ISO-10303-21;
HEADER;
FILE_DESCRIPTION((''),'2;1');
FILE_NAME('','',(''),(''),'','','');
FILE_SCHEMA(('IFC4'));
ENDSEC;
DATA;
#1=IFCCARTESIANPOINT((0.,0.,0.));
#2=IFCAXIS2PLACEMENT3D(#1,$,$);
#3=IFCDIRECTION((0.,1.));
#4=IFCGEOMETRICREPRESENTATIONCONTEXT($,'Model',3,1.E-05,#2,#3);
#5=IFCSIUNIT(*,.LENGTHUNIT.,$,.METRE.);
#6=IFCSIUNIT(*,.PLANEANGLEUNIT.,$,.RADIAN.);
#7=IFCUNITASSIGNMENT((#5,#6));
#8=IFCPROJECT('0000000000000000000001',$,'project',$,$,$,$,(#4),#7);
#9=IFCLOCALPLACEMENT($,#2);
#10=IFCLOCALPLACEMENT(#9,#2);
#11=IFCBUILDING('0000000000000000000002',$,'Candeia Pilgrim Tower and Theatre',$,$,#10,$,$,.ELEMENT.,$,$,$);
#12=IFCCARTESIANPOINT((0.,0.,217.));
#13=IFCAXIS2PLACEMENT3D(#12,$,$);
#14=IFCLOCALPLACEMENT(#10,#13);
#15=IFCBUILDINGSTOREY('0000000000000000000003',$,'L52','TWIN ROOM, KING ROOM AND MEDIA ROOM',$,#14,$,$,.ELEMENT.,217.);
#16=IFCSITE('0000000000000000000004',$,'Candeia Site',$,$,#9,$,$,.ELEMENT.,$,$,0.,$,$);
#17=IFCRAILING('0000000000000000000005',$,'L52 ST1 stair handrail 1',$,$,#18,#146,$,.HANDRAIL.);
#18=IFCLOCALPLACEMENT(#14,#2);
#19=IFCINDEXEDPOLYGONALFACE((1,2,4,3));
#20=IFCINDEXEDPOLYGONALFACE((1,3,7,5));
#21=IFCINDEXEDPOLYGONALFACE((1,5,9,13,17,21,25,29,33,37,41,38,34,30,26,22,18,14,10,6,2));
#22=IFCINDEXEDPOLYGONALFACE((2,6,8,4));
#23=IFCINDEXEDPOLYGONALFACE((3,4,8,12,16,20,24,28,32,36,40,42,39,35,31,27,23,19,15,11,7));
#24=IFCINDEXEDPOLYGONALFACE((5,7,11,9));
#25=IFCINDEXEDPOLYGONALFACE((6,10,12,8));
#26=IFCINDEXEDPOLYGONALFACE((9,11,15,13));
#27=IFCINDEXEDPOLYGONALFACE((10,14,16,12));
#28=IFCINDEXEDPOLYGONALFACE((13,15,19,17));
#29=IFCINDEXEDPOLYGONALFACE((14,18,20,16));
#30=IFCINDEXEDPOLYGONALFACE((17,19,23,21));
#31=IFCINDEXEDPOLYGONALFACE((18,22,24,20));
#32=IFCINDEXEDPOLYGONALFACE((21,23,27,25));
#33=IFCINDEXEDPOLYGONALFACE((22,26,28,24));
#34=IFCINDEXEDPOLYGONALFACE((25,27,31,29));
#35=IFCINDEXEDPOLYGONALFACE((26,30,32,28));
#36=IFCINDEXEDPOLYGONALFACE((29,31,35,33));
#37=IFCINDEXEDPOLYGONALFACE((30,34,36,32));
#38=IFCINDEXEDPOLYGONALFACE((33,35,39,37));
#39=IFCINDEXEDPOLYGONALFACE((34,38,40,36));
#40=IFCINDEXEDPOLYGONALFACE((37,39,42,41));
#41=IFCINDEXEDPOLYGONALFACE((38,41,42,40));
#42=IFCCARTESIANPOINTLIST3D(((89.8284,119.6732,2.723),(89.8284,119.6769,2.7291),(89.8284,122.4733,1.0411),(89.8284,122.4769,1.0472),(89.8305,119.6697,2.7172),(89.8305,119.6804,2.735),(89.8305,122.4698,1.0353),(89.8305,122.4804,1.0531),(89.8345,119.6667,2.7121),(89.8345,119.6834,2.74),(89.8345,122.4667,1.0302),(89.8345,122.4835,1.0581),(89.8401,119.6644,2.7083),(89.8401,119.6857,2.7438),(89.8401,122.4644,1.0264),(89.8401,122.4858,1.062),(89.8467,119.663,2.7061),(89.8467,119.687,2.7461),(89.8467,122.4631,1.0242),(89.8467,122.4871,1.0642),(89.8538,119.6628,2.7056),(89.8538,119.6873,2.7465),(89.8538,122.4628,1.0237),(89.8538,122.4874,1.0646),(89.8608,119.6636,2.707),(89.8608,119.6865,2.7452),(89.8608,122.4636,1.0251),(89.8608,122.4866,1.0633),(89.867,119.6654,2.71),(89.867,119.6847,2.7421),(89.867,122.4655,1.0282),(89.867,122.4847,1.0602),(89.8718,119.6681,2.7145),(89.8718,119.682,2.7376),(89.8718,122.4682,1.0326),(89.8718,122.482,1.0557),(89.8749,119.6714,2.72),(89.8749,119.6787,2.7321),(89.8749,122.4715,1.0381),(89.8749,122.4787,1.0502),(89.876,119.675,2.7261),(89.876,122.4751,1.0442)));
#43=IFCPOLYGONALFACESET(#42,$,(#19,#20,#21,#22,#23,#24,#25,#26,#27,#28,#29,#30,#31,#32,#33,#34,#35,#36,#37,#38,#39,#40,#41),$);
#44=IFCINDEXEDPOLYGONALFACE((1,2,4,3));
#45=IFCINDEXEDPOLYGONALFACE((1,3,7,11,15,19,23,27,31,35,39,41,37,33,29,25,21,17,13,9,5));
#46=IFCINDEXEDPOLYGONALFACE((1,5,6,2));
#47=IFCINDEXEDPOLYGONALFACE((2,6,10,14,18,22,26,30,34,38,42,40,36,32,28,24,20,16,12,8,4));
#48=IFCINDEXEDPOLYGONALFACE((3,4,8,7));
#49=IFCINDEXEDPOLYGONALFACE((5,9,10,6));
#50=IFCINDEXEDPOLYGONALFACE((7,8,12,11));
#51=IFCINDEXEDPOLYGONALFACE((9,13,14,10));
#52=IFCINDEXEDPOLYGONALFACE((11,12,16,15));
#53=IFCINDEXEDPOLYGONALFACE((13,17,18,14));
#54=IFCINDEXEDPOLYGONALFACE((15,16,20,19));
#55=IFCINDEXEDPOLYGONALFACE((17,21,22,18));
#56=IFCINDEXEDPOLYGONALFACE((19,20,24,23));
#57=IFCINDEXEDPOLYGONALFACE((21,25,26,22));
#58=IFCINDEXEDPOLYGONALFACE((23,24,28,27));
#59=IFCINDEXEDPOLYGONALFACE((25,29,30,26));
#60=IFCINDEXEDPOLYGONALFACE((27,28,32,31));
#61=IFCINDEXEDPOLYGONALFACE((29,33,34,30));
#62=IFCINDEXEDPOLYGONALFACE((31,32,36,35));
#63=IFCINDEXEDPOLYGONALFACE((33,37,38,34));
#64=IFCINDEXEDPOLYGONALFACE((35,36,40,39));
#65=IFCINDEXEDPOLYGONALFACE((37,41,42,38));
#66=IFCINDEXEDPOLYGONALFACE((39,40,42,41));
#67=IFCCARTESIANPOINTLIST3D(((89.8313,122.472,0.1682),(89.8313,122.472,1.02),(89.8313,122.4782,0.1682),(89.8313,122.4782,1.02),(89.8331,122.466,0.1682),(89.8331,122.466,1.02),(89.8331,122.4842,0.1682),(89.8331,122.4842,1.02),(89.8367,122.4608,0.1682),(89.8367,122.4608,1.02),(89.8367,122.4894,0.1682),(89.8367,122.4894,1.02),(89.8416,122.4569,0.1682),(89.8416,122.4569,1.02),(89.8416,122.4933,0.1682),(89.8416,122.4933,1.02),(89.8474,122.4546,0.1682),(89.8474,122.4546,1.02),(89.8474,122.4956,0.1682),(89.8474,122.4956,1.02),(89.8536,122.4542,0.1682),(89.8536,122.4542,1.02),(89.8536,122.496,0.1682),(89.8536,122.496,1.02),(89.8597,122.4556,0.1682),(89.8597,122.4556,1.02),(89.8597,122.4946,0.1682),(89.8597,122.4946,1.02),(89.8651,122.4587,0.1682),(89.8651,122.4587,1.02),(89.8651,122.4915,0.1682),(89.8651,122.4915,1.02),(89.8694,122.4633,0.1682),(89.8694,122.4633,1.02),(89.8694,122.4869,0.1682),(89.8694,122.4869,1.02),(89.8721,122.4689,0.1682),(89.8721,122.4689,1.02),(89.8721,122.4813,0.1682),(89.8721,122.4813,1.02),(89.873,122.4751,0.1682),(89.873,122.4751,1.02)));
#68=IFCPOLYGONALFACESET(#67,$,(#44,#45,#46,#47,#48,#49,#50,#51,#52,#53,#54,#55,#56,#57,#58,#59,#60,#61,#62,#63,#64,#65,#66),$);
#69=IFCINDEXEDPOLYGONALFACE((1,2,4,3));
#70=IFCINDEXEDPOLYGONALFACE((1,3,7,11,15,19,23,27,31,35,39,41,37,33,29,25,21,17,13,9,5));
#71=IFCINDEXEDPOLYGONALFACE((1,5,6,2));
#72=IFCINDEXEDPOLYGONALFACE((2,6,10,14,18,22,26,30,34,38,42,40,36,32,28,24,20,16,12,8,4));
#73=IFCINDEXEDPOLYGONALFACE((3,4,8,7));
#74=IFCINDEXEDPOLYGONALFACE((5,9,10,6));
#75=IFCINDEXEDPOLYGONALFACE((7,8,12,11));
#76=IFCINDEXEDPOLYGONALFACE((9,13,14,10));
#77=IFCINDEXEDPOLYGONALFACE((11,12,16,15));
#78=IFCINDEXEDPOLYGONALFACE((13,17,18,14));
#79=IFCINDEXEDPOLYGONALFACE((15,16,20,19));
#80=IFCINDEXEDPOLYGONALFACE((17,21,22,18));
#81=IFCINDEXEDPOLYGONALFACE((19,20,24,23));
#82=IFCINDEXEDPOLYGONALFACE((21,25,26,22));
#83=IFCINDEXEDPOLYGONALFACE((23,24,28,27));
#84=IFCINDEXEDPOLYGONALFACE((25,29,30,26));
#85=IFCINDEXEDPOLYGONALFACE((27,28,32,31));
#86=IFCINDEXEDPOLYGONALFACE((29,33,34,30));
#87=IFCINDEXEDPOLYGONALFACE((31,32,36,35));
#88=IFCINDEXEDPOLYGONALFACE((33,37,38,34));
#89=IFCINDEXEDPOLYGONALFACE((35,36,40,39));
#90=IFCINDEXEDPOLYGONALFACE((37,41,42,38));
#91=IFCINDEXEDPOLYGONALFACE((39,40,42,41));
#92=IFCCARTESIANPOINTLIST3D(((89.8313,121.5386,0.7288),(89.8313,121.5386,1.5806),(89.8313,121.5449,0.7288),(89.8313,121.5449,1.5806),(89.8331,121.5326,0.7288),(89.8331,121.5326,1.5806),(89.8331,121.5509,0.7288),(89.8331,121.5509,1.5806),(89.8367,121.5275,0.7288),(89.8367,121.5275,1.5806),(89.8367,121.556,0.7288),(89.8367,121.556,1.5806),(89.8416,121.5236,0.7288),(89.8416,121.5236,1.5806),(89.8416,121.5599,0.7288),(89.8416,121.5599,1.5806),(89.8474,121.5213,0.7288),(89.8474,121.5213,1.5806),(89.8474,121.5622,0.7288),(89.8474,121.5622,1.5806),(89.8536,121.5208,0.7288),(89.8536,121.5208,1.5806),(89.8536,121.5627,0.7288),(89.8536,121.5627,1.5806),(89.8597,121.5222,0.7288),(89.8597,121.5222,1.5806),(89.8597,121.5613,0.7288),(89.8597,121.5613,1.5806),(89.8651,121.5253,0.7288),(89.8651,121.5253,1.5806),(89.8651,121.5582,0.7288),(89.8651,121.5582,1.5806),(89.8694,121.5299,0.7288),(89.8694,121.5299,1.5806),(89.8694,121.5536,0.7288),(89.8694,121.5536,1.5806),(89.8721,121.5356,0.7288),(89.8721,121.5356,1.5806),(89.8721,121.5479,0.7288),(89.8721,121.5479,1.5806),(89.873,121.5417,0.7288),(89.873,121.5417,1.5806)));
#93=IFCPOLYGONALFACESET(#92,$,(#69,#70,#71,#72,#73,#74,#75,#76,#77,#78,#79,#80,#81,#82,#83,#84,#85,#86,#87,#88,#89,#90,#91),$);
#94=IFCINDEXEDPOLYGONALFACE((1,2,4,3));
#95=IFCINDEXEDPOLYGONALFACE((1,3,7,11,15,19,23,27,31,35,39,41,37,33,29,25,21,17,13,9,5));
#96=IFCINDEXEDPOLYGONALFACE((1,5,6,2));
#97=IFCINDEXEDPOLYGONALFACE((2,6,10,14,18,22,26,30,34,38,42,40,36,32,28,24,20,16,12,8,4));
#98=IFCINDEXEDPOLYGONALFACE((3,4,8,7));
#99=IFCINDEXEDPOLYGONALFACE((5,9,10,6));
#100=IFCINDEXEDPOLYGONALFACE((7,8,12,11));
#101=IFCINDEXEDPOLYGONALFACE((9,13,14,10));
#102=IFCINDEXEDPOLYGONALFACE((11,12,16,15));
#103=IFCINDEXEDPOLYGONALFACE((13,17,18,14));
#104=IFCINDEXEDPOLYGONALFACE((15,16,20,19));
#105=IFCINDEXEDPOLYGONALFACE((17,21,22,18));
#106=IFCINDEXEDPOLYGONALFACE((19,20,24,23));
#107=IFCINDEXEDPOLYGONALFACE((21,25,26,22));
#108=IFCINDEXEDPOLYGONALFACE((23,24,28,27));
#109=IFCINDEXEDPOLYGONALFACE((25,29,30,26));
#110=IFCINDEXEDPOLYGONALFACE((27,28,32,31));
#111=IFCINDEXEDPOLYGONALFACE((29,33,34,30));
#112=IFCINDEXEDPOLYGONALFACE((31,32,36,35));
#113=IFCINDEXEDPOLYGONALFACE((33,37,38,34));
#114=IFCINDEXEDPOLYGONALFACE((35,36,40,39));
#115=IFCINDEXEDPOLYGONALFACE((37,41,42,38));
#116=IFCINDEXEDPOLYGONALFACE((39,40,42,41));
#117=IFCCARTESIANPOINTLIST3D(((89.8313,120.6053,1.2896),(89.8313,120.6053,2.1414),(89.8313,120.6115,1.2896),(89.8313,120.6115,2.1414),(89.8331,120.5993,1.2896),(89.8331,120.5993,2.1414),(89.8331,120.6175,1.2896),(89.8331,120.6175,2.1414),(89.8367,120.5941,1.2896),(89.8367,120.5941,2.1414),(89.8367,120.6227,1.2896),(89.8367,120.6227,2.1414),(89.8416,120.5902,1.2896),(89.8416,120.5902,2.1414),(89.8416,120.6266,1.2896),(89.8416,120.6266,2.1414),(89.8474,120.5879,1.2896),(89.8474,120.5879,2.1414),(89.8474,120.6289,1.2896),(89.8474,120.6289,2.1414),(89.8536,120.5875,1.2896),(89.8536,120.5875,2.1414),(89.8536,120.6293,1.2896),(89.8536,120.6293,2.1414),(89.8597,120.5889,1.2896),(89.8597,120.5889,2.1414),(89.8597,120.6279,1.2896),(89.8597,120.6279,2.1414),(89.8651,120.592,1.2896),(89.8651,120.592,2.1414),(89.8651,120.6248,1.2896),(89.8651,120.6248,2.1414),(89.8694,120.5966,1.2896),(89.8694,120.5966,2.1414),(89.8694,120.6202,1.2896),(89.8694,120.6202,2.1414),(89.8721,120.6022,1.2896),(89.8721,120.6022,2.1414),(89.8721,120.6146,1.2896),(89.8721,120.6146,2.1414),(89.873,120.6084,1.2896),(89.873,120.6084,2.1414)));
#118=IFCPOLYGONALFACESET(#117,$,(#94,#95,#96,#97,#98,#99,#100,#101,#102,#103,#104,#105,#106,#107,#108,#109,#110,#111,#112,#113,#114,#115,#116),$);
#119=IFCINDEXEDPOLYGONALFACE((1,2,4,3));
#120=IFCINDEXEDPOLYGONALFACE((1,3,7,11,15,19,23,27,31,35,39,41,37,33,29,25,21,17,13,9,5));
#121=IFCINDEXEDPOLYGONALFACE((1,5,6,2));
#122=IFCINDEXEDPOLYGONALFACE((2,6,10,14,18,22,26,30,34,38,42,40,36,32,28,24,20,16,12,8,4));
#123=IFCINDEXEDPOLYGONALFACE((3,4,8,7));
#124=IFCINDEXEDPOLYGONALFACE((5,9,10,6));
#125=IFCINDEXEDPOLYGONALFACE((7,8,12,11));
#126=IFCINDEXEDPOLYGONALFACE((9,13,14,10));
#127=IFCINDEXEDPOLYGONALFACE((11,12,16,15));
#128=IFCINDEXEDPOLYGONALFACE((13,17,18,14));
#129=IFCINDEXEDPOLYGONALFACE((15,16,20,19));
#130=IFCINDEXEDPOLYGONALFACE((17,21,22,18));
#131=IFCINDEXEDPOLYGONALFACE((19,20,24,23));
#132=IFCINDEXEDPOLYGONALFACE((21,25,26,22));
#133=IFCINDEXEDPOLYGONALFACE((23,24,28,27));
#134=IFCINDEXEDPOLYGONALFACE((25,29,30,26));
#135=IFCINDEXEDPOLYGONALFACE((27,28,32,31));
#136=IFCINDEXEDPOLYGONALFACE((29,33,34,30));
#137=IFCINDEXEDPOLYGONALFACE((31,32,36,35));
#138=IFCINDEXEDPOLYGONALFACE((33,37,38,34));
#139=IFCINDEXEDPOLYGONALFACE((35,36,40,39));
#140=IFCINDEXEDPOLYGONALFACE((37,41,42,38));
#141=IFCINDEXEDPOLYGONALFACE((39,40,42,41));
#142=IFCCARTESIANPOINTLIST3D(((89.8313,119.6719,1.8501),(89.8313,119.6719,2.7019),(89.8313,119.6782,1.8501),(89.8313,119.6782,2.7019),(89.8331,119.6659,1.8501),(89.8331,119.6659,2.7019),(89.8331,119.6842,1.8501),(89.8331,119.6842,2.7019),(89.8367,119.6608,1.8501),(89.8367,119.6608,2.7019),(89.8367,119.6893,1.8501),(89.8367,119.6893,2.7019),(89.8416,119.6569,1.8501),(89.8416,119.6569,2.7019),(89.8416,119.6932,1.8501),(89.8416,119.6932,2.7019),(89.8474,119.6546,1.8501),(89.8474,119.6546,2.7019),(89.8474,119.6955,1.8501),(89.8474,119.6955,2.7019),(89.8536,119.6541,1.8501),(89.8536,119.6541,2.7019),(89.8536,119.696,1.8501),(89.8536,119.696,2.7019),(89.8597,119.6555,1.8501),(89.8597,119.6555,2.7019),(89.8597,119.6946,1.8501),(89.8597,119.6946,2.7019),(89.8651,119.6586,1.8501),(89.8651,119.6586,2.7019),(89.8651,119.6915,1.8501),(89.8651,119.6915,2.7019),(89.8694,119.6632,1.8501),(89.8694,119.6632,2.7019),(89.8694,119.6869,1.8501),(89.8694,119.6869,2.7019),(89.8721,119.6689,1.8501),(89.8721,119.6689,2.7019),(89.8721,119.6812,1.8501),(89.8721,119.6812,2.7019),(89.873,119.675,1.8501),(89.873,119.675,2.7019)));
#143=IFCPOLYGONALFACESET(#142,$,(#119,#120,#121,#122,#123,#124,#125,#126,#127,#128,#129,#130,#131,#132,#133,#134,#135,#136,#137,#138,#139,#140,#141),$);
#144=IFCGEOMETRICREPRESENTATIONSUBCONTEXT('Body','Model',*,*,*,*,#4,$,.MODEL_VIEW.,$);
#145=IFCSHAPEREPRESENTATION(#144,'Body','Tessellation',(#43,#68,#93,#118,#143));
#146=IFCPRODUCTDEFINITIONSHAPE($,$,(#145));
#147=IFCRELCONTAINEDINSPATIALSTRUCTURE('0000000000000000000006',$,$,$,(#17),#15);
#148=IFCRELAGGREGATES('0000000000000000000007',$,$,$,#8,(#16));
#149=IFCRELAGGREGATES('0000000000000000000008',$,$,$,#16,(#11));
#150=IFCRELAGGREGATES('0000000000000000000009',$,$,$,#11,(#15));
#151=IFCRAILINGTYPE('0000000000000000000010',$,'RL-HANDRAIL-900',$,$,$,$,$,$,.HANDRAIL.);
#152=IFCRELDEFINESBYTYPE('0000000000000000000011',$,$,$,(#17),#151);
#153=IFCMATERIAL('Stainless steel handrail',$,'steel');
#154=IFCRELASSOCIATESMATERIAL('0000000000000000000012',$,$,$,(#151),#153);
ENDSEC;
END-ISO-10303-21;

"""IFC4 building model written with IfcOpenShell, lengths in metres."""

from ifc_helpers import new_model, si_unit, direction, frame, origin, origin_2d, place, context, subcontext, project, spatial, circle, extrude, material, type_object, element, save


model = new_model("IFC4")

# Units and contexts
model_context = context("Model", 3, precision=1e-05, world=origin(), true_north=direction((0.0, 1.0)))
body_context = subcontext(model_context, "Body", "Model", "MODEL_VIEW")
ifc_project = project(units=[si_unit("LENGTHUNIT", "METRE"), si_unit("PLANEANGLEUNIT", "RADIAN")], contexts=[model_context])

# Site, building, storey
site_placement = place(None, origin())
site = spatial("IfcSite", under=ifc_project, at=site_placement, Name="Candeia Site", CompositionType="ELEMENT", RefElevation=0.0)
building_placement = place(site_placement, origin())
building = spatial("IfcBuilding", under=site, at=building_placement, Name="Candeia Pilgrim Tower and Theatre", CompositionType="ELEMENT")
storey_placement = place(building_placement, frame((0.0, 0.0, 217.0)))
storey = spatial("IfcBuildingStorey", under=building, at=storey_placement, Name="L52", Description="TWIN ROOM, KING ROOM AND MEDIA ROOM", CompositionType="ELEMENT", Elevation=217.0)

# Railing
ifc_material_1 = material(Name="Stainless steel handrail", Category="steel")
railing_type_1 = type_object("IfcRailingType", Name="RL-HANDRAIL-900", PredefinedType="HANDRAIL", material=ifc_material_1)
for number, where, name in (
    (1, (89.8521, 122.4751, 0.1682), "L52 ST1 stair handrail 1"),
):
    element("IfcRailing", number, at=place(storey_placement, frame(where)), inside=storey, type_object=railing_type_1, Name=name, PredefinedType="HANDRAIL", context=body_context, shape_type="SweptSolid", body=[
        extrude(circle(Radius=0.0239, at=origin_2d()), frame((0.0, 0.0, 0.876), z_axis=(0.0, -0.857242, 0.514913), x_axis=(1.0, 0.0, 0.0)), (0.0, 0.0, 1.0), 3.2664),
        extrude(circle(Radius=0.021, at=origin_2d()), origin(), (0.0, 0.0, 1.0), 0.8518),
        extrude(circle(Radius=0.021, at=origin_2d()), frame((0.0, -0.9333, 0.5605)), (0.0, 0.0, 1.0), 0.8518),
        extrude(circle(Radius=0.021, at=origin_2d()), frame((0.0, -1.8667, 1.1213)), (0.0, 0.0, 1.0), 0.8518),
        extrude(circle(Radius=0.021, at=origin_2d()), frame((0.0, -2.8, 1.6819)), (0.0, 0.0, 1.0), 0.8518),
    ])

save(model, "model.ifc")
